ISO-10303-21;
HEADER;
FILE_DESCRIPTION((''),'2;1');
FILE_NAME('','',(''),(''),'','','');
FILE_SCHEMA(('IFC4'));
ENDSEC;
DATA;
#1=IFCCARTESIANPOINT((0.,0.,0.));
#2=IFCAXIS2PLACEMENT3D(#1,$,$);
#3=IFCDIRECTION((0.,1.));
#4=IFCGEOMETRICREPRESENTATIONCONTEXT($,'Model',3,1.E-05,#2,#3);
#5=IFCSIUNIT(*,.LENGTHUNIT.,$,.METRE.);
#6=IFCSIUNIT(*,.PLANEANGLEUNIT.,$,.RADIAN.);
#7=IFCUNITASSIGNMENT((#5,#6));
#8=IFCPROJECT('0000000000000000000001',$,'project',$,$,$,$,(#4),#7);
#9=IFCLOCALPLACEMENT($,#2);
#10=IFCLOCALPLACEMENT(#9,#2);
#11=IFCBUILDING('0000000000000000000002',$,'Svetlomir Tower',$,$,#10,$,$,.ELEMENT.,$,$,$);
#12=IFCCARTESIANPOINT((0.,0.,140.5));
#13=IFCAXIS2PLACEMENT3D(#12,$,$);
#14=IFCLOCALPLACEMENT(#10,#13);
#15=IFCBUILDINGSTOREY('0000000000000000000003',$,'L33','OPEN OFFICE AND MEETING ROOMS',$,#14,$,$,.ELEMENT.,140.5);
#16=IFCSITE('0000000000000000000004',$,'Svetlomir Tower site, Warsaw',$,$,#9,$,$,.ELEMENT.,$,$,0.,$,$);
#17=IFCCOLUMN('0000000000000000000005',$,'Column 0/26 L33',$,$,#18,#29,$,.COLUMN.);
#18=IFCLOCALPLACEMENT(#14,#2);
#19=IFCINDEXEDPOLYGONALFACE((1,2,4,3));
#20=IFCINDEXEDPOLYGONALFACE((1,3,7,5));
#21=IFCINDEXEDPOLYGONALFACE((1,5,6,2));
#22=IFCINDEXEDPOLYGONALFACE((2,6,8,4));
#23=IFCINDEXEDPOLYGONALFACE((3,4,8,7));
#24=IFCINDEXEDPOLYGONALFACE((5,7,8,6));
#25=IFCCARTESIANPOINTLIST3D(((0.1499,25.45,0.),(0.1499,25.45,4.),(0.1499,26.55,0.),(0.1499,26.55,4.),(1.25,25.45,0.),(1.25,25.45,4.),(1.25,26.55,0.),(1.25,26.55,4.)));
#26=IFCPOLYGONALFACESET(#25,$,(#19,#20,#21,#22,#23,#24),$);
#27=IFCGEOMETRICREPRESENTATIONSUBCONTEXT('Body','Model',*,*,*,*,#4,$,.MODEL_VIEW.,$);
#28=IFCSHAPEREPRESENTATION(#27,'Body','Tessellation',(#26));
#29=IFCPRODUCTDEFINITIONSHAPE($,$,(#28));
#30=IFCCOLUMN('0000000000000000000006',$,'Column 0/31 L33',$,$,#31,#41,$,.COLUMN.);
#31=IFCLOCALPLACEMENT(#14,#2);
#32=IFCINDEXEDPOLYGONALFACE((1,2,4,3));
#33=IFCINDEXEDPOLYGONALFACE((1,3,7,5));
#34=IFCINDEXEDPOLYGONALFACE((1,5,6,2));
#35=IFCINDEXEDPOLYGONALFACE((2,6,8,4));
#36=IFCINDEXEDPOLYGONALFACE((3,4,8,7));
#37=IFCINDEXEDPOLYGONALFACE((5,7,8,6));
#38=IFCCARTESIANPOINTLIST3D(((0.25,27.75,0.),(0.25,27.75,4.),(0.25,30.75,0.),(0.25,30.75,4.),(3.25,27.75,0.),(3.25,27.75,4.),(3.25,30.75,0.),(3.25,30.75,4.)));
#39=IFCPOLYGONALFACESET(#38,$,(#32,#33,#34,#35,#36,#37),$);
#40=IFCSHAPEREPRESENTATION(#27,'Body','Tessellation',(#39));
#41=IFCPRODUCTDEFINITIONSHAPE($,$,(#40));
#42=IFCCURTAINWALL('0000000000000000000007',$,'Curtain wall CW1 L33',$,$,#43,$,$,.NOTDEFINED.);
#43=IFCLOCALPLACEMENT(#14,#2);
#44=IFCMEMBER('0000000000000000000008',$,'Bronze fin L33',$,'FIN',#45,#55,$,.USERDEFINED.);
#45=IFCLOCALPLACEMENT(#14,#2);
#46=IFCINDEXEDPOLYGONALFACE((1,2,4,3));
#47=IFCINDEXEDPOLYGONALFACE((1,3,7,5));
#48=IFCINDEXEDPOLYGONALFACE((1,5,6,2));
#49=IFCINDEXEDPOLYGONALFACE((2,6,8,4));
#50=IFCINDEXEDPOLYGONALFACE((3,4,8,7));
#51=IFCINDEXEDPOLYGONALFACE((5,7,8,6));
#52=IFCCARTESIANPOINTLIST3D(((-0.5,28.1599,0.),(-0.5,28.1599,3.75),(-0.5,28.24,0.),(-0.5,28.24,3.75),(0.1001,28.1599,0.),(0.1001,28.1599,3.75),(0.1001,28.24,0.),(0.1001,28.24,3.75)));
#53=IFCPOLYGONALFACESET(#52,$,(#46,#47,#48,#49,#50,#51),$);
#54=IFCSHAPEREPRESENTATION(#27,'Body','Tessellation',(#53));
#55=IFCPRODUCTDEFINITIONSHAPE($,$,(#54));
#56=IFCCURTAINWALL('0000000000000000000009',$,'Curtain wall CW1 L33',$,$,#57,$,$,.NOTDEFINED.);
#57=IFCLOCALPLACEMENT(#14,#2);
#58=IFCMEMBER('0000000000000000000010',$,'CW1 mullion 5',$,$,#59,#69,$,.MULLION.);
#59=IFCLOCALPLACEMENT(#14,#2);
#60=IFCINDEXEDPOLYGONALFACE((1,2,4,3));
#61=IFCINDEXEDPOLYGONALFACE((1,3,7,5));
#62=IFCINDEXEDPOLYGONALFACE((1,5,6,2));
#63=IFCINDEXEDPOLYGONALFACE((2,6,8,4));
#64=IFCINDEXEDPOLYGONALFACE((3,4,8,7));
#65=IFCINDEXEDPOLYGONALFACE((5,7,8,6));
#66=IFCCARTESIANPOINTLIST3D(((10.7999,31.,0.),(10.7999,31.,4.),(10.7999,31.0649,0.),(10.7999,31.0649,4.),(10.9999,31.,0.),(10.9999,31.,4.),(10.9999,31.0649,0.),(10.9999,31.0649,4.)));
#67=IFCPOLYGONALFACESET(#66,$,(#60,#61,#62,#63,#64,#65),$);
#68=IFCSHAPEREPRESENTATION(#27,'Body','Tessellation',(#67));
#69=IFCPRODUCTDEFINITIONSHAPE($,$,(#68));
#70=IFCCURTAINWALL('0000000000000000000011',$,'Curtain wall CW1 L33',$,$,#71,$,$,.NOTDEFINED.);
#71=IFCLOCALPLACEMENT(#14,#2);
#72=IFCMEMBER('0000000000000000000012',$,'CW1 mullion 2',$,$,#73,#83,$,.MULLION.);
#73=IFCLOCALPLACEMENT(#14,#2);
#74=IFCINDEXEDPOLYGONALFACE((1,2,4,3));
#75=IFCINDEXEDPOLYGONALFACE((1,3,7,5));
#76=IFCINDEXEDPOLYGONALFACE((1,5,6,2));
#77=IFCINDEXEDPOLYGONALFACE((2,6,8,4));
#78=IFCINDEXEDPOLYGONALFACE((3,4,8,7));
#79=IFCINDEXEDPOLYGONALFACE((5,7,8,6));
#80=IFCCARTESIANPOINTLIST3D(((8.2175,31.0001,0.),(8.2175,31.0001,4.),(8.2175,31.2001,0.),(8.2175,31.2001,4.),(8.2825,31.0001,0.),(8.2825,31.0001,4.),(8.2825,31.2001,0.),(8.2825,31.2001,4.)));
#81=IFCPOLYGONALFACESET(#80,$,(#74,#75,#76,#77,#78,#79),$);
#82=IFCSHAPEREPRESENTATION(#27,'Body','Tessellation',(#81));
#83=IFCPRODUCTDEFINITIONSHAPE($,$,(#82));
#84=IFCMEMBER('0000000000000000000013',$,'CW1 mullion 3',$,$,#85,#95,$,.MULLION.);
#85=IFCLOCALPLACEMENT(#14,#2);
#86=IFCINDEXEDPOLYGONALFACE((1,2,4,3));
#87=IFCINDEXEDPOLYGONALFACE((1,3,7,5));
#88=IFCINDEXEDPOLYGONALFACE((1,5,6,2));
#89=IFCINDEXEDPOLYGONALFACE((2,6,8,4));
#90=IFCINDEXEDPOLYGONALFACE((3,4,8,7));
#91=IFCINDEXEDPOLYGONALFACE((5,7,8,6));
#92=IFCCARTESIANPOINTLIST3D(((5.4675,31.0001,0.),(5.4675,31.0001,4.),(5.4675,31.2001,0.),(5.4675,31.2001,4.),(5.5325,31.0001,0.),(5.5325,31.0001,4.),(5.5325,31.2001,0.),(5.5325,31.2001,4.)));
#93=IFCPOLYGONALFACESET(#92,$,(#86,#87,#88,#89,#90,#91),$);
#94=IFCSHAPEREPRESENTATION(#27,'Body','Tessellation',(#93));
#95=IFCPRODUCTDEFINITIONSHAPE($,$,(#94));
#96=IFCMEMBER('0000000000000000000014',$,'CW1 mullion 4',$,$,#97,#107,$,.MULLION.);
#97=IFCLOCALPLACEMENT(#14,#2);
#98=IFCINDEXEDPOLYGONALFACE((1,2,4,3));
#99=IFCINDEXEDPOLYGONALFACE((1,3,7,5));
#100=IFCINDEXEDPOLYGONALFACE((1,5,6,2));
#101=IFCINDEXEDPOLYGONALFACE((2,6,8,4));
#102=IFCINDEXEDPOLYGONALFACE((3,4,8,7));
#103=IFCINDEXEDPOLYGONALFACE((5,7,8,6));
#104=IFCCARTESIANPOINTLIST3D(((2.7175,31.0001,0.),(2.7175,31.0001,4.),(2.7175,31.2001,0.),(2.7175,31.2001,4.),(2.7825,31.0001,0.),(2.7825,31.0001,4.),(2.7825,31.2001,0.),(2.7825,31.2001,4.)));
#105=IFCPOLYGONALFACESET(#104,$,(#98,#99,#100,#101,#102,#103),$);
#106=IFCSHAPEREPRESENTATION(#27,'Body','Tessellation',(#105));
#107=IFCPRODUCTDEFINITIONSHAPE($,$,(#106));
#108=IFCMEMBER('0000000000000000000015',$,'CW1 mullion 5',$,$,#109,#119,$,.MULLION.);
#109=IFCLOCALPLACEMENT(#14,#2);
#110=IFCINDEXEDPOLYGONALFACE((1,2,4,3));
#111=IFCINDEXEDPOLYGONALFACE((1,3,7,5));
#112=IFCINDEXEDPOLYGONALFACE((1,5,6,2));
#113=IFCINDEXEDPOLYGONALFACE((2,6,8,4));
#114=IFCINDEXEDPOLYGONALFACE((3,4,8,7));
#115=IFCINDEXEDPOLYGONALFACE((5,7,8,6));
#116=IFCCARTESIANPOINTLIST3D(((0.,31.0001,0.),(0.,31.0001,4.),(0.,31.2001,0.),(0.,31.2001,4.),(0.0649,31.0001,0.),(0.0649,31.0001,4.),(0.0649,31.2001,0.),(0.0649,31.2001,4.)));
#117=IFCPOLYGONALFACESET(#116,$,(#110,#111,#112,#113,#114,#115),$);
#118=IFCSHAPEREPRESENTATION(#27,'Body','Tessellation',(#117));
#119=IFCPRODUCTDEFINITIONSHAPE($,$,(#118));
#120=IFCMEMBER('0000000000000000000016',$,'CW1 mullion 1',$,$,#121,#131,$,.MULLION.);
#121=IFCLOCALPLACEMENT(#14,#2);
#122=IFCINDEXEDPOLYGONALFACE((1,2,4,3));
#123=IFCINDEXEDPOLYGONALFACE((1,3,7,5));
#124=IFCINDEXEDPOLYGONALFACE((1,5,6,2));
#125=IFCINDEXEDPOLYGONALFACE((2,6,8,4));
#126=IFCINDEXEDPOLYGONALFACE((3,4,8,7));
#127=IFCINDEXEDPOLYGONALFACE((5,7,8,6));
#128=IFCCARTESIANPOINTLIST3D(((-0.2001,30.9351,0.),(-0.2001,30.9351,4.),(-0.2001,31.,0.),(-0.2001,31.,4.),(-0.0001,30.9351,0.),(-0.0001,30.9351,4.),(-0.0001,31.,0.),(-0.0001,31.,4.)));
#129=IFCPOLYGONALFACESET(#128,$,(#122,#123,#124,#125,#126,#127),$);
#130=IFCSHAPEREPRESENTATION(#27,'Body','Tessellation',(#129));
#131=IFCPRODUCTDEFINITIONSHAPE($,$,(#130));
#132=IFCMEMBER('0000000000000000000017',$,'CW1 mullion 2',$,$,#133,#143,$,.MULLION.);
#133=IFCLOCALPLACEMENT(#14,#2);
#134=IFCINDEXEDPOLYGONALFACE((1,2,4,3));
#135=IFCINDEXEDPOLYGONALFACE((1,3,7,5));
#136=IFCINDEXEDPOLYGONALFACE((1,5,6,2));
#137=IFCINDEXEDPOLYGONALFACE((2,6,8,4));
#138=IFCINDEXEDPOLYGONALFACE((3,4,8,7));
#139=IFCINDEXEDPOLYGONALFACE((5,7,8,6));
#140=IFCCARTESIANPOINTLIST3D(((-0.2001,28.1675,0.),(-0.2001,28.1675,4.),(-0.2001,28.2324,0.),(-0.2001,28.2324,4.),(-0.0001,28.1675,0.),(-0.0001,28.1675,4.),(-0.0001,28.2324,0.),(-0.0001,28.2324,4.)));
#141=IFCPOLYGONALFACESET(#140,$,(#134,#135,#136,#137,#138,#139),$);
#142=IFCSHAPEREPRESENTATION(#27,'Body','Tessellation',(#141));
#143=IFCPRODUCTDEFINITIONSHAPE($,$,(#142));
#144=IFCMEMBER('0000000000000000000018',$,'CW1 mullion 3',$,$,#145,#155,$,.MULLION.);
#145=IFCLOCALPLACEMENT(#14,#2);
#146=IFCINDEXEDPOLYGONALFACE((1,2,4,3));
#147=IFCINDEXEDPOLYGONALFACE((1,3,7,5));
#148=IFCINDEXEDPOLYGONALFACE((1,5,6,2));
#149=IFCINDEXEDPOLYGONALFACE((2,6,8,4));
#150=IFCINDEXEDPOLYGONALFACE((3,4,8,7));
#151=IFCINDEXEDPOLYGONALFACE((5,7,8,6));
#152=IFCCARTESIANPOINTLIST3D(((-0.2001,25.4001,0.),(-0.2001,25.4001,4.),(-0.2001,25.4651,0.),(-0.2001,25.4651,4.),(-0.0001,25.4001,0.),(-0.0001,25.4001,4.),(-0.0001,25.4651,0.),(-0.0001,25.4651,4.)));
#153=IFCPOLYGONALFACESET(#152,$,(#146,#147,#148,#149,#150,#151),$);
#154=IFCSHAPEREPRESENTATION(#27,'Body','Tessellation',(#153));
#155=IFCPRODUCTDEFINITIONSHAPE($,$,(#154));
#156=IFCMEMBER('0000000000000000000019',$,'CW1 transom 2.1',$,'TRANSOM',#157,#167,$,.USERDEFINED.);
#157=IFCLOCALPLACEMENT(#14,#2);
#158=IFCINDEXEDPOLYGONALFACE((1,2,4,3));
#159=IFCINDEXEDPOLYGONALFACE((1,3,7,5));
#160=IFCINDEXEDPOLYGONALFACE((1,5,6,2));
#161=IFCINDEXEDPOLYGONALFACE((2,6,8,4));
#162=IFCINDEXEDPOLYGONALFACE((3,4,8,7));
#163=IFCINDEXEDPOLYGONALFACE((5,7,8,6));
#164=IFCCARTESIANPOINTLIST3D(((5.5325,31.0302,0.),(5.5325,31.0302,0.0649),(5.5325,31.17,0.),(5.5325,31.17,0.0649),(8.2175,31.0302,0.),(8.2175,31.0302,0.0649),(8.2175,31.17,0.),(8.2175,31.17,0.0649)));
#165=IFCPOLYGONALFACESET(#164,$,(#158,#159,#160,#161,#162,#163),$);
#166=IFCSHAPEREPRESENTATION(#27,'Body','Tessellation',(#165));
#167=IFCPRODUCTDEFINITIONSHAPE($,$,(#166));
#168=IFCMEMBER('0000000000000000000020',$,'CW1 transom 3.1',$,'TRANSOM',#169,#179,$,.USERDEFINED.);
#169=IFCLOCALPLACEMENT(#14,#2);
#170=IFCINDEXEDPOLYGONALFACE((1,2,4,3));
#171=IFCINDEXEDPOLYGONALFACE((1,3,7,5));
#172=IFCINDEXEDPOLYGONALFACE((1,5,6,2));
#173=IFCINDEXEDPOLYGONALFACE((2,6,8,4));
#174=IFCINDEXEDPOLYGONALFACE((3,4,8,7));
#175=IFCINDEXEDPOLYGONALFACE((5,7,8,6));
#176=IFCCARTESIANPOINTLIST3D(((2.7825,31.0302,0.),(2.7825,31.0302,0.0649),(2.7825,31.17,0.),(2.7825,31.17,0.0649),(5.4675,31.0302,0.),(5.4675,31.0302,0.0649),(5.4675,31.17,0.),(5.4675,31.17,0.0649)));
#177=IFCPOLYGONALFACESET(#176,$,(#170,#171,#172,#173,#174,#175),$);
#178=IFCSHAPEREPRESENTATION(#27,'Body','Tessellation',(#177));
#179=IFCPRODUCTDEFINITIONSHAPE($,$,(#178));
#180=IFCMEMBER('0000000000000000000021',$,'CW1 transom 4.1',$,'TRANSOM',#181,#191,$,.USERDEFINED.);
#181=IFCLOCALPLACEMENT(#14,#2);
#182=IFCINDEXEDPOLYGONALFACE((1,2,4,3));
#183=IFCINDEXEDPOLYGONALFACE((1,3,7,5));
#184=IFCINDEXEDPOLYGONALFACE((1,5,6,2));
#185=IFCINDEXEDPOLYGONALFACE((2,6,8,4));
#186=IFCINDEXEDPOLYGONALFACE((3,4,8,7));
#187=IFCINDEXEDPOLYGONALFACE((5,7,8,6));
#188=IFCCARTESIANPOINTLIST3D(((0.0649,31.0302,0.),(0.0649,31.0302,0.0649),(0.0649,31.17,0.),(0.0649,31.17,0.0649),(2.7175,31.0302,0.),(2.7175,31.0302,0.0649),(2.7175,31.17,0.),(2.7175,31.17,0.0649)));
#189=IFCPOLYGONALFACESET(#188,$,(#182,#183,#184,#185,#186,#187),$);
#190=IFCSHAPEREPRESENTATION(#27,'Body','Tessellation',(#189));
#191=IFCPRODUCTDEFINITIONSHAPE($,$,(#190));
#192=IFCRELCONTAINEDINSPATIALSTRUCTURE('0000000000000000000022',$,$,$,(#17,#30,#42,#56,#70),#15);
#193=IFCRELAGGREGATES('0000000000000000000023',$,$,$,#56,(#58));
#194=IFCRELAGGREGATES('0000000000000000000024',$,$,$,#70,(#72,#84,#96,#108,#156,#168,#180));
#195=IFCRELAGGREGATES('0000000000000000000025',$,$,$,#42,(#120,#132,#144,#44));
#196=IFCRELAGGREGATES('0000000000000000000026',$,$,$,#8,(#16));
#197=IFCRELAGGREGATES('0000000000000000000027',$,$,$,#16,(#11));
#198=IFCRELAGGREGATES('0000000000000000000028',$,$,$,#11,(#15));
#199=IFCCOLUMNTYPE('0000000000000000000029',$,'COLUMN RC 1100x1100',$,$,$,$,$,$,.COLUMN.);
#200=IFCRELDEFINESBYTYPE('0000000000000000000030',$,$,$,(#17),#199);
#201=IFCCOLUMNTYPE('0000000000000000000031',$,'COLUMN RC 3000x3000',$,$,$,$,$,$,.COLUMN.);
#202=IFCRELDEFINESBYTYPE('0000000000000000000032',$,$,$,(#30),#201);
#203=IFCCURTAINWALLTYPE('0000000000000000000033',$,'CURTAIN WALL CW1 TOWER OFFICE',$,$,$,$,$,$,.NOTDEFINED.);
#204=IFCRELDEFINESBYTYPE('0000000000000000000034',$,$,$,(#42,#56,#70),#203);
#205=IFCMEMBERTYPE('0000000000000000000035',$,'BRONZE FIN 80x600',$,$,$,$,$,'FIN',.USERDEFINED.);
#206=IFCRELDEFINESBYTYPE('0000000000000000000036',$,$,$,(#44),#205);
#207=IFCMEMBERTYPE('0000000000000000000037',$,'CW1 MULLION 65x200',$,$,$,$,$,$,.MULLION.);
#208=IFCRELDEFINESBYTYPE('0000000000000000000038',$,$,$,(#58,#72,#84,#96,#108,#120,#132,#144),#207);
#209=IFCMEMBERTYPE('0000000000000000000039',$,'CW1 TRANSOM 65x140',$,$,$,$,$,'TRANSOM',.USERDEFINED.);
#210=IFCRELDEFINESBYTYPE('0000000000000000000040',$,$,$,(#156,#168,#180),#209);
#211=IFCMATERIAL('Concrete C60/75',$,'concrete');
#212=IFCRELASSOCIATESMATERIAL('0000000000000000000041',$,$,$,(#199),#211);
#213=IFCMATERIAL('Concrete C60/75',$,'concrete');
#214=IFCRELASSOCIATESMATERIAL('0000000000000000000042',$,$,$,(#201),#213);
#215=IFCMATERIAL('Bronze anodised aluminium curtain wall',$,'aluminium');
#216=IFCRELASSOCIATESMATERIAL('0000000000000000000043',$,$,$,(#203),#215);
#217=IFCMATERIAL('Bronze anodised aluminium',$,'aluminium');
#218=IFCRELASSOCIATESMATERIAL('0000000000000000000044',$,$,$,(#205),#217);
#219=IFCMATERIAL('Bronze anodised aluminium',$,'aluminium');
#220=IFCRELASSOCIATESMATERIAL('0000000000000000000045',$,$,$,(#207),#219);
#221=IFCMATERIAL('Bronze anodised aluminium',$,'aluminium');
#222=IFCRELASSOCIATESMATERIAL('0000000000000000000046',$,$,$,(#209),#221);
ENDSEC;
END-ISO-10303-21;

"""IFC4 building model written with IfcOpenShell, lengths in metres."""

from ifc_helpers import new_model, si_unit, direction, frame, origin, origin_2d, place, context, subcontext, project, spatial, rectangle, extrude, material, material_profile, profile_set, type_object, element, aggregate, save


model = new_model("IFC4")

# Units and contexts
model_context = context("Model", 3, precision=1e-05, world=origin(), true_north=direction((0.0, 1.0)))
body_context = subcontext(model_context, "Body", "Model", "MODEL_VIEW")
ifc_project = project(units=[si_unit("LENGTHUNIT", "METRE"), si_unit("PLANEANGLEUNIT", "RADIAN")], contexts=[model_context])

# Site, building, storey
site_placement = place(None, origin())
site = spatial("IfcSite", under=ifc_project, at=site_placement, Name="Svetlomir Tower site, Warsaw", CompositionType="ELEMENT", RefElevation=0.0)
building_placement = place(site_placement, origin())
building = spatial("IfcBuilding", under=site, at=building_placement, Name="Svetlomir Tower", CompositionType="ELEMENT")
storey_placement = place(building_placement, frame((0.0, 0.0, 140.5)))
storey = spatial("IfcBuildingStorey", under=building, at=storey_placement, Name="L33", Description="OPEN OFFICE AND MEETING ROOMS", CompositionType="ELEMENT", Elevation=140.5)

# Columns
ifc_material_1 = material(Name="Concrete C60/75", Category="concrete")
ifc_material_profile_1 = material_profile(ifc_material_1, rectangle(XDim=1.1001, YDim=1.1001, at=origin_2d()), Name="RC 1100x1100")
ifc_profile_set_1 = profile_set([ifc_material_profile_1], Name="Concrete C60/75")
column_type_1 = type_object("IfcColumnType", Name="COLUMN RC 1100x1100", PredefinedType="COLUMN", material=ifc_profile_set_1)
column_1_placement = place(storey_placement, frame((0.7, 26.0, 0.0), z_axis=(0.0, 0.0, 1.0), x_axis=(1.0, 0.0, 0.0)))
element("IfcColumn", 1, at=column_1_placement, inside=storey, type_object=column_type_1, Name="Column 0/26 L33", PredefinedType="COLUMN", context=body_context, shape_type="SweptSolid", body=[
    extrude(rectangle(XDim=1.1001, YDim=1.1001, at=origin_2d()), origin(), (0.0, 0.0, 1.0), 4.0),
])
ifc_material_2 = material(Name="Concrete C60/75", Category="concrete")
ifc_material_profile_2 = material_profile(ifc_material_2, rectangle(XDim=3.0, YDim=3.0, at=origin_2d()), Name="RC 3000x3000")
ifc_profile_set_2 = profile_set([ifc_material_profile_2], Name="Concrete C60/75")
column_type_2 = type_object("IfcColumnType", Name="COLUMN RC 3000x3000", PredefinedType="COLUMN", material=ifc_profile_set_2)
column_2_placement = place(storey_placement, frame((1.75, 29.25, 0.0), z_axis=(0.0, 0.0, 1.0), x_axis=(1.0, 0.0, 0.0)))
element("IfcColumn", 2, at=column_2_placement, inside=storey, type_object=column_type_2, Name="Column 0/31 L33", PredefinedType="COLUMN", context=body_context, shape_type="SweptSolid", body=[
    extrude(rectangle(XDim=3.0, YDim=3.0, at=origin_2d()), origin(), (0.0, 0.0, 1.0), 4.0),
])

# Curtain walls, members
ifc_material_3 = material(Name="Bronze anodised aluminium curtain wall", Category="aluminium")
curtain_wall_type = type_object("IfcCurtainWallType", Name="CURTAIN WALL CW1 TOWER OFFICE", PredefinedType="NOTDEFINED", material=ifc_material_3)
curtain_wall_1_placement = place(storey_placement, origin())
curtain_wall_1 = element("IfcCurtainWall", 3, at=curtain_wall_1_placement, inside=storey, type_object=curtain_wall_type, Name="Curtain wall CW1 L33", PredefinedType="NOTDEFINED")
ifc_material_4 = material(Name="Bronze anodised aluminium", Category="aluminium")
ifc_material_profile_3 = material_profile(ifc_material_4, rectangle(XDim=0.0801, YDim=0.6001, at=origin_2d()), Name="FIN 80x600")
ifc_profile_set_3 = profile_set([ifc_material_profile_3], Name="Bronze anodised aluminium 6063-T6")
member_type_1 = type_object("IfcMemberType", Name="BRONZE FIN 80x600", ElementType="FIN", PredefinedType="USERDEFINED", material=ifc_profile_set_3)
member_1_placement = place(storey_placement, frame((-0.2, 28.2, 0.0), z_axis=(0.0, 0.0, 1.0), x_axis=(0.0, 1.0, 0.0)))
member_1 = element("IfcMember", 4, at=member_1_placement, type_object=member_type_1, Name="Bronze fin L33", ObjectType="FIN", PredefinedType="USERDEFINED", context=body_context, shape_type="SweptSolid", body=[
    extrude(rectangle(XDim=0.0801, YDim=0.6001, at=origin_2d()), origin(), (0.0, 0.0, 1.0), 3.75),
])
curtain_wall_2_placement = place(storey_placement, origin())
curtain_wall_2 = element("IfcCurtainWall", 5, at=curtain_wall_2_placement, inside=storey, type_object=curtain_wall_type, Name="Curtain wall CW1 L33", PredefinedType="NOTDEFINED")
ifc_material_5 = material(Name="Bronze anodised aluminium", Category="aluminium")
ifc_material_profile_4 = material_profile(ifc_material_5, rectangle(XDim=0.0649, YDim=0.2, at=origin_2d()), Name="AL 65x200")
ifc_profile_set_4 = profile_set([ifc_material_profile_4], Name="Bronze anodised aluminium 6063-T6")
member_type_2 = type_object("IfcMemberType", Name="CW1 MULLION 65x200", PredefinedType="MULLION", material=ifc_profile_set_4)
member_2_placement = place(storey_placement, frame((10.8999, 31.0325, 0.0), z_axis=(0.0, 0.0, 1.0), x_axis=(0.0, -1.0, 0.0)))
member_2 = element("IfcMember", 6, at=member_2_placement, type_object=member_type_2, Name="CW1 mullion 5", PredefinedType="MULLION", context=body_context, shape_type="SweptSolid", body=[
    extrude(rectangle(XDim=0.0649, YDim=0.2, at=origin_2d()), origin(), (0.0, 0.0, 1.0), 4.0),
])
aggregate(curtain_wall_2, [member_2])

# Curtain wall, members
curtain_wall_3_placement = place(storey_placement, origin())
curtain_wall_3 = element("IfcCurtainWall", 7, at=curtain_wall_3_placement, inside=storey, type_object=curtain_wall_type, Name="Curtain wall CW1 L33", PredefinedType="NOTDEFINED")
member_3_placement = place(storey_placement, frame((8.25, 31.1001, 0.0), z_axis=(0.0, 0.0, 1.0), x_axis=(-1.0, 0.0, 0.0)))
member_3 = element("IfcMember", 8, at=member_3_placement, type_object=member_type_2, Name="CW1 mullion 2", PredefinedType="MULLION", context=body_context, shape_type="SweptSolid", body=[
    extrude(rectangle(XDim=0.0649, YDim=0.2, at=origin_2d()), origin(), (0.0, 0.0, 1.0), 4.0),
])
member_4_placement = place(storey_placement, frame((5.5, 31.1001, 0.0), z_axis=(0.0, 0.0, 1.0), x_axis=(-1.0, 0.0, 0.0)))
member_4 = element("IfcMember", 9, at=member_4_placement, type_object=member_type_2, Name="CW1 mullion 3", PredefinedType="MULLION", context=body_context, shape_type="SweptSolid", body=[
    extrude(rectangle(XDim=0.0649, YDim=0.2, at=origin_2d()), origin(), (0.0, 0.0, 1.0), 4.0),
])
member_5_placement = place(storey_placement, frame((2.75, 31.1001, 0.0), z_axis=(0.0, 0.0, 1.0), x_axis=(-1.0, 0.0, 0.0)))
member_5 = element("IfcMember", 10, at=member_5_placement, type_object=member_type_2, Name="CW1 mullion 4", PredefinedType="MULLION", context=body_context, shape_type="SweptSolid", body=[
    extrude(rectangle(XDim=0.0649, YDim=0.2, at=origin_2d()), origin(), (0.0, 0.0, 1.0), 4.0),
])
member_6_placement = place(storey_placement, frame((0.0325, 31.1001, 0.0), z_axis=(0.0, 0.0, 1.0), x_axis=(-1.0, 0.0, 0.0)))
member_6 = element("IfcMember", 11, at=member_6_placement, type_object=member_type_2, Name="CW1 mullion 5", PredefinedType="MULLION", context=body_context, shape_type="SweptSolid", body=[
    extrude(rectangle(XDim=0.0649, YDim=0.2, at=origin_2d()), origin(), (0.0, 0.0, 1.0), 4.0),
])

# Members
member_7_placement = place(storey_placement, frame((-0.1001, 30.9675, 0.0), z_axis=(0.0, 0.0, 1.0), x_axis=(0.0, -1.0, 0.0)))
member_7 = element("IfcMember", 12, at=member_7_placement, type_object=member_type_2, Name="CW1 mullion 1", PredefinedType="MULLION", context=body_context, shape_type="SweptSolid", body=[
    extrude(rectangle(XDim=0.0649, YDim=0.2, at=origin_2d()), origin(), (0.0, 0.0, 1.0), 4.0),
])
member_8_placement = place(storey_placement, frame((-0.1001, 28.2, 0.0), z_axis=(0.0, 0.0, 1.0), x_axis=(0.0, -1.0, 0.0)))
member_8 = element("IfcMember", 13, at=member_8_placement, type_object=member_type_2, Name="CW1 mullion 2", PredefinedType="MULLION", context=body_context, shape_type="SweptSolid", body=[
    extrude(rectangle(XDim=0.0649, YDim=0.2, at=origin_2d()), origin(), (0.0, 0.0, 1.0), 4.0),
])
member_9_placement = place(storey_placement, frame((-0.1001, 25.4326, 0.0), z_axis=(0.0, 0.0, 1.0), x_axis=(0.0, -1.0, 0.0)))
member_9 = element("IfcMember", 14, at=member_9_placement, type_object=member_type_2, Name="CW1 mullion 3", PredefinedType="MULLION", context=body_context, shape_type="SweptSolid", body=[
    extrude(rectangle(XDim=0.0649, YDim=0.2, at=origin_2d()), origin(), (0.0, 0.0, 1.0), 4.0),
])
ifc_material_6 = material(Name="Bronze anodised aluminium", Category="aluminium")
ifc_material_profile_5 = material_profile(ifc_material_6, rectangle(XDim=0.1399, YDim=0.0649, at=origin_2d()), Name="AL 140x65")
ifc_profile_set_5 = profile_set([ifc_material_profile_5], Name="Bronze anodised aluminium 6063-T6")
member_type_3 = type_object("IfcMemberType", Name="CW1 TRANSOM 65x140", ElementType="TRANSOM", PredefinedType="USERDEFINED", material=ifc_profile_set_5)
member_10_placement = place(storey_placement, frame((8.2175, 31.1001, 0.0325), z_axis=(-1.0, 0.0, 0.0), x_axis=(0.0, -1.0, 0.0)))
member_10 = element("IfcMember", 15, at=member_10_placement, type_object=member_type_3, Name="CW1 transom 2.1", ObjectType="TRANSOM", PredefinedType="USERDEFINED", context=body_context, shape_type="SweptSolid", body=[
    extrude(rectangle(XDim=0.1399, YDim=0.0649, at=origin_2d()), origin(), (0.0, 0.0, 1.0), 2.6851),
])
member_11_placement = place(storey_placement, frame((5.4675, 31.1001, 0.0325), z_axis=(-1.0, 0.0, 0.0), x_axis=(0.0, -1.0, 0.0)))
member_11 = element("IfcMember", 16, at=member_11_placement, type_object=member_type_3, Name="CW1 transom 3.1", ObjectType="TRANSOM", PredefinedType="USERDEFINED", context=body_context, shape_type="SweptSolid", body=[
    extrude(rectangle(XDim=0.1399, YDim=0.0649, at=origin_2d()), origin(), (0.0, 0.0, 1.0), 2.6851),
])
member_12_placement = place(storey_placement, frame((2.7175, 31.1001, 0.0325), z_axis=(-1.0, 0.0, 0.0), x_axis=(0.0, -1.0, 0.0)))
member_12 = element("IfcMember", 17, at=member_12_placement, type_object=member_type_3, Name="CW1 transom 4.1", ObjectType="TRANSOM", PredefinedType="USERDEFINED", context=body_context, shape_type="SweptSolid", body=[
    extrude(rectangle(XDim=0.1399, YDim=0.0649, at=origin_2d()), origin(), (0.0, 0.0, 1.0), 2.6526),
])

aggregate(curtain_wall_3, [member_3, member_4, member_5, member_6, member_10, member_11, member_12])
aggregate(curtain_wall_1, [member_7, member_8, member_9, member_1])

save(model, "model.ifc")
